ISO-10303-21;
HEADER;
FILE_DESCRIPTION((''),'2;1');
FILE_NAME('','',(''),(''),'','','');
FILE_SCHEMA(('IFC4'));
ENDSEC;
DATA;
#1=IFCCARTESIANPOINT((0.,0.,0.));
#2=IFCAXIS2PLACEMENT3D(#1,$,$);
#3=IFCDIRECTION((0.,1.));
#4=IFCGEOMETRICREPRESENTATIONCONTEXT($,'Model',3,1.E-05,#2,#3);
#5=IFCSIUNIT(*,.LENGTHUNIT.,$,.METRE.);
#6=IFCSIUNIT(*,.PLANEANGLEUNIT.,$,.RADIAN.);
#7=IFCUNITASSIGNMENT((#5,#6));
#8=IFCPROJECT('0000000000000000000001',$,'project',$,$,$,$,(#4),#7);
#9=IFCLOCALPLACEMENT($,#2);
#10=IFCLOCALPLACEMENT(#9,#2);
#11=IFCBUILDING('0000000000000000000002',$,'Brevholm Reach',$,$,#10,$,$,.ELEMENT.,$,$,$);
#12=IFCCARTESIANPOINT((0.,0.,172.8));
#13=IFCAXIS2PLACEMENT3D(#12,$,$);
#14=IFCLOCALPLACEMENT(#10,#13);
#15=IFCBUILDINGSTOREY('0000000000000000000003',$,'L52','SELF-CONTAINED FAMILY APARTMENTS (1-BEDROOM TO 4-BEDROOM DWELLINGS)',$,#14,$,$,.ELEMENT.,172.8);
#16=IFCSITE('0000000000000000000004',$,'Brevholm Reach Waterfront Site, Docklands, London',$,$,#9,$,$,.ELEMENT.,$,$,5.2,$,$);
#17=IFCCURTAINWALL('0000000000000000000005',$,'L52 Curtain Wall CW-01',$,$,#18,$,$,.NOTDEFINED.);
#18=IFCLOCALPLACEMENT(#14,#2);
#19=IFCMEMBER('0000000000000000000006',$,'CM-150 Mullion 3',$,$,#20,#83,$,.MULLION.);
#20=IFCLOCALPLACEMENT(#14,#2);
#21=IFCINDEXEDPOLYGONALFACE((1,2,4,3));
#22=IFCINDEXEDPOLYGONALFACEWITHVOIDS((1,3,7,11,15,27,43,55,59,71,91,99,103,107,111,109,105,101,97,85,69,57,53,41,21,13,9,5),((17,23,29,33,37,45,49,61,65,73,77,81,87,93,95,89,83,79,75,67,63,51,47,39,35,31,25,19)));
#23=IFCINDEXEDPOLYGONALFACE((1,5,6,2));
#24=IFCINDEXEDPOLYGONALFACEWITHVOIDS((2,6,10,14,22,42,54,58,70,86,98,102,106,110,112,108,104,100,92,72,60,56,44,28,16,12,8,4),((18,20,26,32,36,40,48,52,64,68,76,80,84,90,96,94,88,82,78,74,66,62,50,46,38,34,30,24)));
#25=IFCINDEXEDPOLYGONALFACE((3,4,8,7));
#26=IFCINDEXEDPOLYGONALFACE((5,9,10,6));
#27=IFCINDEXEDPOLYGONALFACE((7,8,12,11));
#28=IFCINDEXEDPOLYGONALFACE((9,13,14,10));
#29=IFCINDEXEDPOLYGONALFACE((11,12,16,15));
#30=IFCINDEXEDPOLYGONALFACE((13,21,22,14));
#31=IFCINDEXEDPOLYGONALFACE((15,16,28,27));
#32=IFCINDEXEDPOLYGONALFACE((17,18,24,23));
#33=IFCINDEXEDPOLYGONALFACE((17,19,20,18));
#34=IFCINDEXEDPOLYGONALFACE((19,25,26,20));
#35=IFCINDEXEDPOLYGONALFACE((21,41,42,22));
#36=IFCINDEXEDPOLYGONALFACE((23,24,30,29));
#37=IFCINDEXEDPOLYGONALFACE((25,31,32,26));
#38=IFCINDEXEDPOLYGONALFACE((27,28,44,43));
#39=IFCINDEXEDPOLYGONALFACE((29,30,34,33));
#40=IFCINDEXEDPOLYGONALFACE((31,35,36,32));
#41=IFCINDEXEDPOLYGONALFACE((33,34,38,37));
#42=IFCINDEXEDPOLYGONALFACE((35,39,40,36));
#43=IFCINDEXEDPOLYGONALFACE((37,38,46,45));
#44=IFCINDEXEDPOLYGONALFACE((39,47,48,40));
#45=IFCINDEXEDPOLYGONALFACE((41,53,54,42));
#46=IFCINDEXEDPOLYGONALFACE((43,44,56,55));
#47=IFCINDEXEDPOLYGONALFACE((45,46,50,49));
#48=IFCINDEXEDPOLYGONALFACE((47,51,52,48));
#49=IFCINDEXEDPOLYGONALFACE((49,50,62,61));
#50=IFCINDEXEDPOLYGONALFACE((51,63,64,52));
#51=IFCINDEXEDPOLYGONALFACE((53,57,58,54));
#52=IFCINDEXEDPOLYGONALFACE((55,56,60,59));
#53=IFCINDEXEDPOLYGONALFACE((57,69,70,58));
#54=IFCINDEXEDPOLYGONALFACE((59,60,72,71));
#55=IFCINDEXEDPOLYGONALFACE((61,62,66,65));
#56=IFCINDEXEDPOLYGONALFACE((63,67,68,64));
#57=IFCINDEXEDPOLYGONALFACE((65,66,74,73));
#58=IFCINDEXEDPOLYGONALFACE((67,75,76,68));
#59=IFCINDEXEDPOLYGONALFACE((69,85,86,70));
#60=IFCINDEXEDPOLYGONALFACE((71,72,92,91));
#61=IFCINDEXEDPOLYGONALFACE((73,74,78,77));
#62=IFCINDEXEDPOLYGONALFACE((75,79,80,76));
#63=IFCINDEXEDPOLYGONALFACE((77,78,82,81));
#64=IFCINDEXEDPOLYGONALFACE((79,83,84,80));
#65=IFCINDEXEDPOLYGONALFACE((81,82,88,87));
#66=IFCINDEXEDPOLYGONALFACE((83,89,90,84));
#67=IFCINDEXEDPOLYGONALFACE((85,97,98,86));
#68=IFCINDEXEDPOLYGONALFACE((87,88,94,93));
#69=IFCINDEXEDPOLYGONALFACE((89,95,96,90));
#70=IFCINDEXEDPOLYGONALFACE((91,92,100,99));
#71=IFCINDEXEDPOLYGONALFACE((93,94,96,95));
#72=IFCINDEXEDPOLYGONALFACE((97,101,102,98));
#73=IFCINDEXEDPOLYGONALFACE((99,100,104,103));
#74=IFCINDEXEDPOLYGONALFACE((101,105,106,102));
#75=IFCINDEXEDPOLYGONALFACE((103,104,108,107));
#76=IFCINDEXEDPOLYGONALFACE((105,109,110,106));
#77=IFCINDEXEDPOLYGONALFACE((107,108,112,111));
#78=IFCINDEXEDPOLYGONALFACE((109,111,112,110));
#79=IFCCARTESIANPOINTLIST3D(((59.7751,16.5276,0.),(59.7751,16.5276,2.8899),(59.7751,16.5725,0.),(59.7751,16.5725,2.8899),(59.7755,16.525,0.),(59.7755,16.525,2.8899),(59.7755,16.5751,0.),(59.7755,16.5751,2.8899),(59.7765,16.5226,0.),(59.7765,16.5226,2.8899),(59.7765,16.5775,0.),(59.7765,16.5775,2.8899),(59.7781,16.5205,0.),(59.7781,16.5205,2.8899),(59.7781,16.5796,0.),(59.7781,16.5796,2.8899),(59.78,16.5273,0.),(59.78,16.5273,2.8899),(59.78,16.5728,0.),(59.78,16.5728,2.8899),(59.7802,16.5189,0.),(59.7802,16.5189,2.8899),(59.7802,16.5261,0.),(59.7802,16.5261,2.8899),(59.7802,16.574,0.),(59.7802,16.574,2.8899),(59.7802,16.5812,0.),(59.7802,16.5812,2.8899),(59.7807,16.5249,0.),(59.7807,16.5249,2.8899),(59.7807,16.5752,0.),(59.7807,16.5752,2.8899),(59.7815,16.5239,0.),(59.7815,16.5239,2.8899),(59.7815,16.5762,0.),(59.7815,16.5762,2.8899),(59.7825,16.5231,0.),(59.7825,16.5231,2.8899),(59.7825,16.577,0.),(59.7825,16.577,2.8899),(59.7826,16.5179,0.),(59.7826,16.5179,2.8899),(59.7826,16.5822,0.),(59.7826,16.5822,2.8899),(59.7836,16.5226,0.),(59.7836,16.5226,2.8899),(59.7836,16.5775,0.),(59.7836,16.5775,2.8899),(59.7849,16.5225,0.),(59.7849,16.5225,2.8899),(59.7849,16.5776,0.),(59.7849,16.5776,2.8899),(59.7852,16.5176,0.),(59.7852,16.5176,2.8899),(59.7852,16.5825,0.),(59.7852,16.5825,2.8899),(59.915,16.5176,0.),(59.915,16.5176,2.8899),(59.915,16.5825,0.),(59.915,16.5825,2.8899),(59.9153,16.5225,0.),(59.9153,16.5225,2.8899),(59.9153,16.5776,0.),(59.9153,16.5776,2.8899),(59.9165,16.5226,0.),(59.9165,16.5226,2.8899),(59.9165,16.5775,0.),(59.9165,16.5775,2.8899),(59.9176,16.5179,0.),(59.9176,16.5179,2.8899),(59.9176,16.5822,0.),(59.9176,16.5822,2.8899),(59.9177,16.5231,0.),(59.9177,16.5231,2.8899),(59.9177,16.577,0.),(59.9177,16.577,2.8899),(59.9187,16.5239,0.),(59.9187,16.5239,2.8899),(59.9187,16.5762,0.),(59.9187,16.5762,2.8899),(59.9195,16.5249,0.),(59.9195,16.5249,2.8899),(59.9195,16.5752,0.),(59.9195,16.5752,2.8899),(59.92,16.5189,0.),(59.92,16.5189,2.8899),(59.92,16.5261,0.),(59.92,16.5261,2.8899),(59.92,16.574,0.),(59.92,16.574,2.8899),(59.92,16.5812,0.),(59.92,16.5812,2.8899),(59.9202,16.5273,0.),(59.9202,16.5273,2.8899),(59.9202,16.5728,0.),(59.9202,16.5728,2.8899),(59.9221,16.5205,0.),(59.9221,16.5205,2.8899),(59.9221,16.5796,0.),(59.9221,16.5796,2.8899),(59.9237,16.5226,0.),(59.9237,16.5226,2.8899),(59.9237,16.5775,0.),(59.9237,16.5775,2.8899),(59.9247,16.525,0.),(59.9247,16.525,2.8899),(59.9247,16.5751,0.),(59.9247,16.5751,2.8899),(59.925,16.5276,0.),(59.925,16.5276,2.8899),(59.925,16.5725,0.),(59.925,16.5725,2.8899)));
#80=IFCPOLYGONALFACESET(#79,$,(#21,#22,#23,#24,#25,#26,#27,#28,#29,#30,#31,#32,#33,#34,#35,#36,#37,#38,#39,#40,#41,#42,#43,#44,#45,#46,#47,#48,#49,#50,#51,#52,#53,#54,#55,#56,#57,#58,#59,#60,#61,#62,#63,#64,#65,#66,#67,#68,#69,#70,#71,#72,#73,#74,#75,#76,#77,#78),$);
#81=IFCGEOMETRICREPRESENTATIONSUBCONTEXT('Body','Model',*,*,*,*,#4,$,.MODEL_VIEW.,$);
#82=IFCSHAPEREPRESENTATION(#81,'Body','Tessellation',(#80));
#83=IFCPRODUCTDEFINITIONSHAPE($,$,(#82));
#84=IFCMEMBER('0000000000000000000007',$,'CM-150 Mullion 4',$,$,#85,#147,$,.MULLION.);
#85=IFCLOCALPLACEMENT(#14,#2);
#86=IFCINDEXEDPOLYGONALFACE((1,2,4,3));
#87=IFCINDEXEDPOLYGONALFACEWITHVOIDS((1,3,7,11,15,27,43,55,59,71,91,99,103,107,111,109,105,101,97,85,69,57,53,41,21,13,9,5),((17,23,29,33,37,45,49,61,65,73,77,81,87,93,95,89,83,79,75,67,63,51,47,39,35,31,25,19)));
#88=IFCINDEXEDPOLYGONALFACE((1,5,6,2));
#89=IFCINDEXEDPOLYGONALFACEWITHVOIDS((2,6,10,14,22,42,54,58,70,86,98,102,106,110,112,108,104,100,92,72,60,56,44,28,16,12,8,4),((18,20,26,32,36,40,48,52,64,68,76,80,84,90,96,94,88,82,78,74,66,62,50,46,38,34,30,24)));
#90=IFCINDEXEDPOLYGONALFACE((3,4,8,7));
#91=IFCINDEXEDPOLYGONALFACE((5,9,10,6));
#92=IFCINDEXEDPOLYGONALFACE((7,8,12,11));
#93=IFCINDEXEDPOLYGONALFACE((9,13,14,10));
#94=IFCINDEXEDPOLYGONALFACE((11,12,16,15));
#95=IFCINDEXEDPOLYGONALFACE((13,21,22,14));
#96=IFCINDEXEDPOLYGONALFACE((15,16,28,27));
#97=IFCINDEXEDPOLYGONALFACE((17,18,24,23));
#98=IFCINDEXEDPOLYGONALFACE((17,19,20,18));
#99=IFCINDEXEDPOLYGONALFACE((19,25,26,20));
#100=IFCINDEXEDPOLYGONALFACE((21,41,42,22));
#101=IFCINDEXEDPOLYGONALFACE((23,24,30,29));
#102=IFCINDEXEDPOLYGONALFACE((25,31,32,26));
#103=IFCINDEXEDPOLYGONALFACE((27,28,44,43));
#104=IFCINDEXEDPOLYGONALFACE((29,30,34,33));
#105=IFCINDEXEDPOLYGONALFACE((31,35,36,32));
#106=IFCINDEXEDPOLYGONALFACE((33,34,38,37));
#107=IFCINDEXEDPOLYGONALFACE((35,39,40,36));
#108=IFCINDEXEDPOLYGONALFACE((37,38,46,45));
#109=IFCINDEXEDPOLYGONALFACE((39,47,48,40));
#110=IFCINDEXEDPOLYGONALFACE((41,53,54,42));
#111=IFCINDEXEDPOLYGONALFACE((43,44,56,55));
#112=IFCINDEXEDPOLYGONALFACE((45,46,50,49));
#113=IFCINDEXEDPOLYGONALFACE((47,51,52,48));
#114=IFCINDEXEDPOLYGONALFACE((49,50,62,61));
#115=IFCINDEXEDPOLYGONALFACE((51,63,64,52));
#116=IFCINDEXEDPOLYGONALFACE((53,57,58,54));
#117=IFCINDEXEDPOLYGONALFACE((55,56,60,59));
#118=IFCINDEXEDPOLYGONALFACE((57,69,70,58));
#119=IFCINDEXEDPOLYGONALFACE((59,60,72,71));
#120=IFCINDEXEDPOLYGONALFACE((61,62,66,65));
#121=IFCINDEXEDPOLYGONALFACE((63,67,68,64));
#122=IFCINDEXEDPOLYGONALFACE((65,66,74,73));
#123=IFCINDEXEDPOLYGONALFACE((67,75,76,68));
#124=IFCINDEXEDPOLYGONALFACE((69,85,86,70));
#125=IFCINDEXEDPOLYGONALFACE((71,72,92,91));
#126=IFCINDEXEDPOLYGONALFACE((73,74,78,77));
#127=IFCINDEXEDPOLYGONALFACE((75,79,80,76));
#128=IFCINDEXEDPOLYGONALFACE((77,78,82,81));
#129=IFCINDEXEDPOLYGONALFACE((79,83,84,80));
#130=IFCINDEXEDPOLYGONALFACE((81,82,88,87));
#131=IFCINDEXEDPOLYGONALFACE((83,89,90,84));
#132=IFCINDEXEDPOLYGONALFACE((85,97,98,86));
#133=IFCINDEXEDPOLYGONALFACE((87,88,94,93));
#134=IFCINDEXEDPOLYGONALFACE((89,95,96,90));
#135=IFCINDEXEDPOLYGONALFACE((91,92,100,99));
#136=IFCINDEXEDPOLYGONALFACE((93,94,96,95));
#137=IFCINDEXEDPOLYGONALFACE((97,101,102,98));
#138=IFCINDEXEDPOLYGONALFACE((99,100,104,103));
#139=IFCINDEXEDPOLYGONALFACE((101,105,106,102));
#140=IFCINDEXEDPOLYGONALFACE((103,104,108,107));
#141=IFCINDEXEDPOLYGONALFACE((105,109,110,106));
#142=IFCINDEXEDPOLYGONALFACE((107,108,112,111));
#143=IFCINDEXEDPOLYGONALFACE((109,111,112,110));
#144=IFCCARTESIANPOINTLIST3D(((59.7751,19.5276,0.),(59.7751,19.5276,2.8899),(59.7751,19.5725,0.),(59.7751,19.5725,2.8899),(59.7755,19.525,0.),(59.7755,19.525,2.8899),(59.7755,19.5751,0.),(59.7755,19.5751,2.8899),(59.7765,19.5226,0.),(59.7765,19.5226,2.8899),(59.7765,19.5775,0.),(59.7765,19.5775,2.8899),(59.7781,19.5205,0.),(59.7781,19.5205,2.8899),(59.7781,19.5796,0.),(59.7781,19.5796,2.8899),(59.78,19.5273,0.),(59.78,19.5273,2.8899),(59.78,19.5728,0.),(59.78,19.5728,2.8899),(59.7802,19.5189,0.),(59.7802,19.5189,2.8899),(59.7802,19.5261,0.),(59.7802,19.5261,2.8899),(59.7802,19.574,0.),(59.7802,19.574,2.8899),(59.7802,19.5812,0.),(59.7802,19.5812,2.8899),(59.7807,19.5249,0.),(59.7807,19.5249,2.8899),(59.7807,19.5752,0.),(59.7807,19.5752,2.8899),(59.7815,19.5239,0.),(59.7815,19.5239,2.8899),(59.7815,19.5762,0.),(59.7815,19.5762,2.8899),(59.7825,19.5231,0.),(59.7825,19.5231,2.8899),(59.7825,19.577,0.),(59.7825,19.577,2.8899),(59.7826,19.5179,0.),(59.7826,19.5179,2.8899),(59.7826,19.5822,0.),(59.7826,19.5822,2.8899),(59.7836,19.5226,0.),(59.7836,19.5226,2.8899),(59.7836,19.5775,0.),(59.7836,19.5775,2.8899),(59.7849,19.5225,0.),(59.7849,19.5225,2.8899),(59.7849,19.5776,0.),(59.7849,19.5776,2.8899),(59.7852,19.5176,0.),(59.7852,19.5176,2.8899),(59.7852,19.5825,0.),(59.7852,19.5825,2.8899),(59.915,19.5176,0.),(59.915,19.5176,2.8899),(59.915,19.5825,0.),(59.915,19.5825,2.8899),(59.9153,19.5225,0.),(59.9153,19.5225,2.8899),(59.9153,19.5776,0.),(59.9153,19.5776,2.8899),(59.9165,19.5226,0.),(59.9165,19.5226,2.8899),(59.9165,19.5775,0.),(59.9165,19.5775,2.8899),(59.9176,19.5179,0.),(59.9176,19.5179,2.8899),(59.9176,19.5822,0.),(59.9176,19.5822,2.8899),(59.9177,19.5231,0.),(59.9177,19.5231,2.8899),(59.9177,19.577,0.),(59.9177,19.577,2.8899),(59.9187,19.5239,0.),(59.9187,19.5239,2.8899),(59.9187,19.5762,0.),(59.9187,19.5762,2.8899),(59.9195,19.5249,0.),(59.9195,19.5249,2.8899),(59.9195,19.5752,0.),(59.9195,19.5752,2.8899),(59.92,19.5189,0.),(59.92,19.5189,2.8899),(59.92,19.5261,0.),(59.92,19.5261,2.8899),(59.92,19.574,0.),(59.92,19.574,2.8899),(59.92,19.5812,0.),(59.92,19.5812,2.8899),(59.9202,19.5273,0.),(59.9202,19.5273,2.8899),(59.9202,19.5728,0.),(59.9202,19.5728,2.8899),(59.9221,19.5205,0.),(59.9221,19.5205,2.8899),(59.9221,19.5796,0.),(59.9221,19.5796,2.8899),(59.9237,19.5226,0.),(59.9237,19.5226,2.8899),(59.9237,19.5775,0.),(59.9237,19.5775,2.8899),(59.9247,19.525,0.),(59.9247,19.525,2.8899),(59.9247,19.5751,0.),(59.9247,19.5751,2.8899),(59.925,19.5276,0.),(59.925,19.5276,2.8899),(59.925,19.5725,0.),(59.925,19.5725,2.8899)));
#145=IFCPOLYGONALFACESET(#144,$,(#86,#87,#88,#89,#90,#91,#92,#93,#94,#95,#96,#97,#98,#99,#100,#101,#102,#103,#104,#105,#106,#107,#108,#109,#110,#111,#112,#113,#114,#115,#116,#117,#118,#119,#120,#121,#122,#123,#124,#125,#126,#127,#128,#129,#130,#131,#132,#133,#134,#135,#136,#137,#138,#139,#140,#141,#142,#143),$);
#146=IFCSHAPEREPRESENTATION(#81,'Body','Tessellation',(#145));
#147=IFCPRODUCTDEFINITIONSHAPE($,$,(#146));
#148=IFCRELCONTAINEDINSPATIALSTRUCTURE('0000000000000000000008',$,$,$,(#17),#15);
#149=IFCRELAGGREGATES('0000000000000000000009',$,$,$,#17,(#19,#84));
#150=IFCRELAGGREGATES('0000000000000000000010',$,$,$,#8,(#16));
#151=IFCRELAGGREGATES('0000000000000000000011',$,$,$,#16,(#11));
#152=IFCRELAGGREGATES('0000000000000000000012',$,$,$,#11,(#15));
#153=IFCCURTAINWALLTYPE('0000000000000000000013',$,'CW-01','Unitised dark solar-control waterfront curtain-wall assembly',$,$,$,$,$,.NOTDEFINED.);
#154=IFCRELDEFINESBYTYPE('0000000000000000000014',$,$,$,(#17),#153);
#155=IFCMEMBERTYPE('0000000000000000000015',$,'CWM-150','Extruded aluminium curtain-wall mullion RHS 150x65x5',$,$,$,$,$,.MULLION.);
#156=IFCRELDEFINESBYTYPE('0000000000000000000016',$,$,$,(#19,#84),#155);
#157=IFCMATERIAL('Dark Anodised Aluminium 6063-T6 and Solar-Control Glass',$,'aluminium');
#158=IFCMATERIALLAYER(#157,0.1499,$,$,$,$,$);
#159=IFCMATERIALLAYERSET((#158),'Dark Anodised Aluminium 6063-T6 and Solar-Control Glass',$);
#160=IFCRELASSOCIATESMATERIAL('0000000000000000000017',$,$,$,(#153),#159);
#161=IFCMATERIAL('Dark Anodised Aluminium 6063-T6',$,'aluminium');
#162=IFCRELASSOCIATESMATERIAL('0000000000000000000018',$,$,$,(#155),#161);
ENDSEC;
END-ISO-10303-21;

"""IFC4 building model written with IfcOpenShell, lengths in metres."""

from ifc_helpers import new_model, si_unit, direction, frame, origin, origin_2d, place, context, subcontext, project, spatial, hollow_rectangle, extrude, material, layer, layer_set, material_profile, profile_set, type_object, element, aggregate, save


model = new_model("IFC4")

# Units and contexts
model_context = context("Model", 3, precision=1e-05, world=origin(), true_north=direction((0.0, 1.0)))
body_context = subcontext(model_context, "Body", "Model", "MODEL_VIEW")
ifc_project = project(units=[si_unit("LENGTHUNIT", "METRE"), si_unit("PLANEANGLEUNIT", "RADIAN")], contexts=[model_context])

# Site, building, storey
site_placement = place(None, origin())
site = spatial("IfcSite", under=ifc_project, at=site_placement, Name="Brevholm Reach Waterfront Site, Docklands, London", CompositionType="ELEMENT", RefElevation=5.2)
building_placement = place(site_placement, origin())
building = spatial("IfcBuilding", under=site, at=building_placement, Name="Brevholm Reach", CompositionType="ELEMENT")
storey_placement = place(building_placement, frame((0.0, 0.0, 172.8)))
storey = spatial("IfcBuildingStorey", under=building, at=storey_placement, Name="L52", Description="SELF-CONTAINED FAMILY APARTMENTS (1-BEDROOM TO 4-BEDROOM DWELLINGS)", CompositionType="ELEMENT", Elevation=172.8)

# Curtain wall, members
ifc_material_1 = material(Name="Dark Anodised Aluminium 6063-T6 and Solar-Control Glass", Category="aluminium")
ifc_layer_1 = layer(ifc_material_1, 0.1499)
ifc_layer_set_1 = layer_set([ifc_layer_1], Name="Dark Anodised Aluminium 6063-T6 and Solar-Control Glass")
curtain_wall_type = type_object("IfcCurtainWallType", Name="CW-01", Description="Unitised dark solar-control waterfront curtain-wall assembly", PredefinedType="NOTDEFINED", material=ifc_layer_set_1)
curtain_wall_placement = place(storey_placement, origin())
curtain_wall = element("IfcCurtainWall", 1, at=curtain_wall_placement, inside=storey, type_object=curtain_wall_type, Name="L52 Curtain Wall CW-01", PredefinedType="NOTDEFINED")
ifc_material_2 = material(Name="Dark Anodised Aluminium 6063-T6", Category="aluminium")
ifc_material_profile_1 = material_profile(ifc_material_2, hollow_rectangle(XDim=0.0649, YDim=0.1499, WallThickness=0.0049, InnerFilletRadius=0.0049, OuterFilletRadius=0.01, at=origin_2d()), Name="RHS 150x65x5")
ifc_profile_set_1 = profile_set([ifc_material_profile_1], Name="Dark Anodised Aluminium 6063-T6")
member_type_1 = type_object("IfcMemberType", Name="CWM-150", Description="Extruded aluminium curtain-wall mullion RHS 150x65x5", PredefinedType="MULLION", material=ifc_profile_set_1)
member_1_placement = place(storey_placement, frame((59.8501, 16.55, 0.0), z_axis=(0.0, 0.0, 1.0), x_axis=(0.0, 1.0, 0.0)))
member_1 = element("IfcMember", 2, at=member_1_placement, type_object=member_type_1, Name="CM-150 Mullion 3", PredefinedType="MULLION", context=body_context, shape_type="SweptSolid", body=[
    extrude(hollow_rectangle(XDim=0.0649, YDim=0.1499, WallThickness=0.0049, InnerFilletRadius=0.0049, OuterFilletRadius=0.01, at=origin_2d()), origin(), (0.0, 0.0, 1.0), 2.8899),
])
member_2_placement = place(storey_placement, frame((59.8501, 19.55, 0.0), z_axis=(0.0, 0.0, 1.0), x_axis=(0.0, 1.0, 0.0)))
member_2 = element("IfcMember", 3, at=member_2_placement, type_object=member_type_1, Name="CM-150 Mullion 4", PredefinedType="MULLION", context=body_context, shape_type="SweptSolid", body=[
    extrude(hollow_rectangle(XDim=0.0649, YDim=0.1499, WallThickness=0.0049, InnerFilletRadius=0.0049, OuterFilletRadius=0.01, at=origin_2d()), origin(), (0.0, 0.0, 1.0), 2.8899),
])
aggregate(curtain_wall, [member_1, member_2])

save(model, "model.ifc")
